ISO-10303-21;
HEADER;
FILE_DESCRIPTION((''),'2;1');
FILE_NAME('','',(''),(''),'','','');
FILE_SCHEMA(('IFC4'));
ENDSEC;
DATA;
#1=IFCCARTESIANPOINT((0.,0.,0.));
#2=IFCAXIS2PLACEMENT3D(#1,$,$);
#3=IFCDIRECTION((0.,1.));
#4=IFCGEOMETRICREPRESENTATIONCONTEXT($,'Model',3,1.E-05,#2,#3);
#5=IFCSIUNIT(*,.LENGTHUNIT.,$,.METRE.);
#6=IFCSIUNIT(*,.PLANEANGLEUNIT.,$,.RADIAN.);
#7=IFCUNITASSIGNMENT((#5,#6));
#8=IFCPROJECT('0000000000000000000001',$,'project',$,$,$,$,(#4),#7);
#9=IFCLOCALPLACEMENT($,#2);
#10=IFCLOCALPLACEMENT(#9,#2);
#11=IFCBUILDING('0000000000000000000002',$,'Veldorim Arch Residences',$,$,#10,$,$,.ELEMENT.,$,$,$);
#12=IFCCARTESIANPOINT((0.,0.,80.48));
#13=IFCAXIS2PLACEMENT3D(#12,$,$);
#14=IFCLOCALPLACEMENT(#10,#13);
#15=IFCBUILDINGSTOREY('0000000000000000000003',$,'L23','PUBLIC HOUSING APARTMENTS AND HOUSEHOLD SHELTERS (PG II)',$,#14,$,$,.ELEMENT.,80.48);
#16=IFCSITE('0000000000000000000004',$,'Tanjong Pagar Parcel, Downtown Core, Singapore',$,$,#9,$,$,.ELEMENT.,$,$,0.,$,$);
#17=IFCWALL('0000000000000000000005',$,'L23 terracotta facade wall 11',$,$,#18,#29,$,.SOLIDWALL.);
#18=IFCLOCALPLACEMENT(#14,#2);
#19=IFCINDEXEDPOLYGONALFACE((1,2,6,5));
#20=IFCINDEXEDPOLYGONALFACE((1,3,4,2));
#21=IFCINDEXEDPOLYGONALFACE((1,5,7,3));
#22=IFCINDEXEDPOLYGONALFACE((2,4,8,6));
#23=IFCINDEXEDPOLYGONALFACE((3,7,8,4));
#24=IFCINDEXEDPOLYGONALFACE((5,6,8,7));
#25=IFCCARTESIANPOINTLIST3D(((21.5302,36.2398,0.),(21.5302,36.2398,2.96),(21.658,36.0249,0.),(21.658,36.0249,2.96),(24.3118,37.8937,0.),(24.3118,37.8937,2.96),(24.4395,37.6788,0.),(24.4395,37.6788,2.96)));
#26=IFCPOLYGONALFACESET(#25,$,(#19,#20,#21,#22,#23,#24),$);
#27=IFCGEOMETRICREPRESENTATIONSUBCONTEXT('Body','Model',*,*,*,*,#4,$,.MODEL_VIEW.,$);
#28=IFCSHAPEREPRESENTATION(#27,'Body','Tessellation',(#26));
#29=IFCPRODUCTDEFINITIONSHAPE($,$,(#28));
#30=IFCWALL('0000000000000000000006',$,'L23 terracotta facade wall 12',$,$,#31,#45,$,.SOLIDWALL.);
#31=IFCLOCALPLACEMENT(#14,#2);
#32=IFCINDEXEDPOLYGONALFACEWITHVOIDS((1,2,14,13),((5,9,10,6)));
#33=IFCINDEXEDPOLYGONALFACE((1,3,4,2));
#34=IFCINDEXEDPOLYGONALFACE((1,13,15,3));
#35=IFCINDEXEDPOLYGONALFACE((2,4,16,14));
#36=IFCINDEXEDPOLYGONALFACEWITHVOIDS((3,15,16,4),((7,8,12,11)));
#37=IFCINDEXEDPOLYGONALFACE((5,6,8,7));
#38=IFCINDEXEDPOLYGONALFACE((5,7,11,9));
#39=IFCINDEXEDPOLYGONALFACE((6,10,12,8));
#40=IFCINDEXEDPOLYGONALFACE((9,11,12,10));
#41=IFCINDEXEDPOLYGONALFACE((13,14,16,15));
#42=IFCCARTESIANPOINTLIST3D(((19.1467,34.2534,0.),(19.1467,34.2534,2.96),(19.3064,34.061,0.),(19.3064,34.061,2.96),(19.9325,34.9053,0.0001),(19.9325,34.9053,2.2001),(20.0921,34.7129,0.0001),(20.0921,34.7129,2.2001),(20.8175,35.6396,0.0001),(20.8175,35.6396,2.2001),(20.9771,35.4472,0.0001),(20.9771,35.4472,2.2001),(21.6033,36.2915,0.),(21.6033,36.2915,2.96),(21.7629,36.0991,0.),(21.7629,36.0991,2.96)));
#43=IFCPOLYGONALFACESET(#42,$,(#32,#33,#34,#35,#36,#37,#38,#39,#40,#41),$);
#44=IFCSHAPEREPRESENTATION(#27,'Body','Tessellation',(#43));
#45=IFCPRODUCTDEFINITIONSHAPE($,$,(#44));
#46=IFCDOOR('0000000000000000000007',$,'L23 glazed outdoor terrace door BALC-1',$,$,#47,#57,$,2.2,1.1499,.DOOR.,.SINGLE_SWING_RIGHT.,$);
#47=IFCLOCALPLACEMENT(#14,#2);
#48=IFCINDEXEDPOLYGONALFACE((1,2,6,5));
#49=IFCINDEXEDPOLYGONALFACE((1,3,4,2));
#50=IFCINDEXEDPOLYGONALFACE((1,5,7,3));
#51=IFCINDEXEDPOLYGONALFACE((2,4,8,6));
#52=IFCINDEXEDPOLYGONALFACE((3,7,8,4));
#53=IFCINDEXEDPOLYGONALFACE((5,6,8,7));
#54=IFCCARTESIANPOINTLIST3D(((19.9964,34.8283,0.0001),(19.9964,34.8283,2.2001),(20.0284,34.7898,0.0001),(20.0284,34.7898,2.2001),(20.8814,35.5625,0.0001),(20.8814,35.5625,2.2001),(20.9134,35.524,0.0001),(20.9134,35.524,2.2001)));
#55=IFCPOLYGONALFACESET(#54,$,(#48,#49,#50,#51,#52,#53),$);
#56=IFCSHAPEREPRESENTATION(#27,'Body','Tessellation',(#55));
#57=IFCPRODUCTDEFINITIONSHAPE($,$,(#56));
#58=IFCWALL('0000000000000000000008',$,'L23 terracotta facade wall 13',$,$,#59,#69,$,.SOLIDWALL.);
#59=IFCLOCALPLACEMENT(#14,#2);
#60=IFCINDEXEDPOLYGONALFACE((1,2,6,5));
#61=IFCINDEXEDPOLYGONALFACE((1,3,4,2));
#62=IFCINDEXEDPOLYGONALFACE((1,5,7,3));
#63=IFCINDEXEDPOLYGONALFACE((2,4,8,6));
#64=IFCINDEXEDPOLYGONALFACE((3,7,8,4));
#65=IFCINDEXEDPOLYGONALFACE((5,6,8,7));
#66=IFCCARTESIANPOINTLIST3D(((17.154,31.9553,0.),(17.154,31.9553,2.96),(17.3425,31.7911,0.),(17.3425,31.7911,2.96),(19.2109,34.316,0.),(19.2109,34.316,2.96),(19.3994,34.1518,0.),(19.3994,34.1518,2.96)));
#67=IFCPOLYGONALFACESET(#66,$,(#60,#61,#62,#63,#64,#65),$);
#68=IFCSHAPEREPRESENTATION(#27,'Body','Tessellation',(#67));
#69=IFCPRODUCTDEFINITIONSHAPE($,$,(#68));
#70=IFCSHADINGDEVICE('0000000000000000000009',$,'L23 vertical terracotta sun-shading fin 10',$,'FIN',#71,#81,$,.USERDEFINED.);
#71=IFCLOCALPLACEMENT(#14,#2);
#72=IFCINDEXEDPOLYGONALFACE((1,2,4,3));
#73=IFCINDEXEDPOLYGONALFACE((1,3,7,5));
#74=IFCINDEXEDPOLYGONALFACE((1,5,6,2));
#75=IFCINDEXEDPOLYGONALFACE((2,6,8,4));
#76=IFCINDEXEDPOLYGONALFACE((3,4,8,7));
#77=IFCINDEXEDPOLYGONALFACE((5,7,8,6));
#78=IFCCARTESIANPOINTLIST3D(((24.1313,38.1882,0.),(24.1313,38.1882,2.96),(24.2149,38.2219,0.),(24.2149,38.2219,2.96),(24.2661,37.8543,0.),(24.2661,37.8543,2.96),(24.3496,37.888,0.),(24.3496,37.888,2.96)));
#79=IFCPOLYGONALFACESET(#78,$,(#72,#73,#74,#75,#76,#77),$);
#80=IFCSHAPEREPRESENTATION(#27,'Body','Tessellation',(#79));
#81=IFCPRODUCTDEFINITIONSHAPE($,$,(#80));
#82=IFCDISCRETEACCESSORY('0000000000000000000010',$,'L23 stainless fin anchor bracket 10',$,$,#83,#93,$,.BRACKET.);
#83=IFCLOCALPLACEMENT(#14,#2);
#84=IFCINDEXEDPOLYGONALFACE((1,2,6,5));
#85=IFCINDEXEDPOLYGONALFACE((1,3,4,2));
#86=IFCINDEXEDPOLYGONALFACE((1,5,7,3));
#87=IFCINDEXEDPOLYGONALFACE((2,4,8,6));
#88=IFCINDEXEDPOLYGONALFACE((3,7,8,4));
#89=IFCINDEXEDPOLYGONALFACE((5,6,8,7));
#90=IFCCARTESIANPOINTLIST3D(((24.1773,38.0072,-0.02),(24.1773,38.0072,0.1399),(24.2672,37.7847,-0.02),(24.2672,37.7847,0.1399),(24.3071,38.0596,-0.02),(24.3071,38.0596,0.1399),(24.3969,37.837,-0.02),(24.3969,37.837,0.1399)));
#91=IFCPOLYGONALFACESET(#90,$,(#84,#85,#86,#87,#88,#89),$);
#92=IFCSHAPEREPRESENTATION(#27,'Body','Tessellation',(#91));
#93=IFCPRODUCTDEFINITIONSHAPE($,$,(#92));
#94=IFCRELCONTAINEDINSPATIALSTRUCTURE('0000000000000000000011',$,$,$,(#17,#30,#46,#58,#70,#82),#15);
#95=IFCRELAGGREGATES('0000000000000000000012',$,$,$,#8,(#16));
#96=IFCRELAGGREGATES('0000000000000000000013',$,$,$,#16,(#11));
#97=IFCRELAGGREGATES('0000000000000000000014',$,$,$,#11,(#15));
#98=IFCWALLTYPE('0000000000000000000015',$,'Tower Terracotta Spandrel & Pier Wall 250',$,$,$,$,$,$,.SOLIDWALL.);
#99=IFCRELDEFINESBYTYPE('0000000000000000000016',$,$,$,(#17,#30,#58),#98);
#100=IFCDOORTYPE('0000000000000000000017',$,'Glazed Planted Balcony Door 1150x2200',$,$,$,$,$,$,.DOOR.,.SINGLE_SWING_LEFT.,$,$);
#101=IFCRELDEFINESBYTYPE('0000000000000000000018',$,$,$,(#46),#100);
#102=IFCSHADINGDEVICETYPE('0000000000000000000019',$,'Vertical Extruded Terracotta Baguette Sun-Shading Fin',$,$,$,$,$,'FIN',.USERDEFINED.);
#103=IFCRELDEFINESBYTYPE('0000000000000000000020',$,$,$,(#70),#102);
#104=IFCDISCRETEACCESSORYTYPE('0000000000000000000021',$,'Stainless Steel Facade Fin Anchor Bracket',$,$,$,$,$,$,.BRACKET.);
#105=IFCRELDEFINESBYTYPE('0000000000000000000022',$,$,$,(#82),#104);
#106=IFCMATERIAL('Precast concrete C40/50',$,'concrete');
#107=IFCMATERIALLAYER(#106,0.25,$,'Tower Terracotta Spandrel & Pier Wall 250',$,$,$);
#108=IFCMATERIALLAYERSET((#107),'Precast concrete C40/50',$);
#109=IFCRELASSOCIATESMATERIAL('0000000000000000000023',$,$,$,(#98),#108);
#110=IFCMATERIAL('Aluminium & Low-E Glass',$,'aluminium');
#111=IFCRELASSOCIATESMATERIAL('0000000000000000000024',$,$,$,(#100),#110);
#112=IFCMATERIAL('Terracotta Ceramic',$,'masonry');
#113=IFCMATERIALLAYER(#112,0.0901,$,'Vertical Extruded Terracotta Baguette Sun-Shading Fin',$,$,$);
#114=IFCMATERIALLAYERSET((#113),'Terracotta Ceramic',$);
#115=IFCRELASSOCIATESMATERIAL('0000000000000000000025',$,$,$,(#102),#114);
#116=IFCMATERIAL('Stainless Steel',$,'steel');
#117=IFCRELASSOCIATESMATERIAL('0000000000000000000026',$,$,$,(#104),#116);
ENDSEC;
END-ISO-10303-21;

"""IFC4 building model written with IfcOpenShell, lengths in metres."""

from ifc_helpers import new_model, si_unit, direction, frame, frame_2d, origin, origin_2d, place, context, subcontext, project, spatial, rectangle, extrude, material, layer, layer_set, type_object, element, fill, save


model = new_model("IFC4")

# Units and contexts
model_context = context("Model", 3, precision=1e-05, world=origin(), true_north=direction((0.0, 1.0)))
body_context = subcontext(model_context, "Body", "Model", "MODEL_VIEW")
ifc_project = project(units=[si_unit("LENGTHUNIT", "METRE"), si_unit("PLANEANGLEUNIT", "RADIAN")], contexts=[model_context])

# Site, building, storey
site_placement = place(None, origin())
site = spatial("IfcSite", under=ifc_project, at=site_placement, Name="Tanjong Pagar Parcel, Downtown Core, Singapore", CompositionType="ELEMENT", RefElevation=0.0)
building_placement = place(site_placement, origin())
building = spatial("IfcBuilding", under=site, at=building_placement, Name="Veldorim Arch Residences", CompositionType="ELEMENT")
storey_placement = place(building_placement, frame((0.0, 0.0, 80.48)))
storey = spatial("IfcBuildingStorey", under=building, at=storey_placement, Name="L23", Description="PUBLIC HOUSING APARTMENTS AND HOUSEHOLD SHELTERS (PG II)", CompositionType="ELEMENT", Elevation=80.48)

# Wall
ifc_material_1 = material(Name="Precast concrete C40/50", Category="concrete")
ifc_layer_1 = layer(ifc_material_1, 0.25, Name="Tower Terracotta Spandrel & Pier Wall 250")
ifc_layer_set_1 = layer_set([ifc_layer_1], Name="Precast concrete C40/50")
wall_type_1 = type_object("IfcWallType", Name="Tower Terracotta Spandrel & Pier Wall 250", PredefinedType="SOLIDWALL", material=ifc_layer_set_1)
wall_1_placement = place(storey_placement, frame((21.594, 36.1323, 0.0), z_axis=(0.0, 0.0, 1.0), x_axis=(0.859543, 0.511063, 0.0)))
element("IfcWall", 1, at=wall_1_placement, inside=storey, type_object=wall_type_1, Name="L23 terracotta facade wall 11", PredefinedType="SOLIDWALL", context=body_context, shape_type="SweptSolid", body=[
    extrude(rectangle(XDim=3.2361, YDim=0.25, at=frame_2d((1.6182, 0.0))), origin(), (0.0, 0.0, 1.0), 2.96),
])

# Wall, opening, door
wall_2_placement = place(storey_placement, frame((19.2266, 34.1572, 0.0), z_axis=(0.0, 0.0, 1.0), x_axis=(0.769611, 0.638513, 0.0)))
wall_2 = element("IfcWall", 2, at=wall_2_placement, inside=storey, type_object=wall_type_1, Name="L23 terracotta facade wall 12", PredefinedType="SOLIDWALL", context=body_context, shape_type="SweptSolid", body=[
    extrude(rectangle(XDim=3.1919, YDim=0.25, at=frame_2d((1.5959, 0.0))), origin(), (0.0, 0.0, 1.0), 2.96),
])
opening_1_placement = place(wall_2_placement, frame((1.021, 0.0, 0.0)))
opening_1 = element("IfcOpeningElement", 3, at=opening_1_placement, cuts=wall_2, PredefinedType="OPENING", context=body_context, shape_type="SweptSolid", body=[
    extrude(rectangle(XDim=1.1499, YDim=2.2, at=frame_2d((0.575, 1.1001))), frame((0.0, 0.135, 0.0), z_axis=(0.0, -1.0, 0.0), x_axis=(1.0, 0.0, 0.0)), (0.0, 0.0, 1.0), 0.27),
])
ifc_material_2 = material(Name="Aluminium & Low-E Glass", Category="aluminium")
door_type_1 = type_object("IfcDoorType", Name="Glazed Planted Balcony Door 1150x2200", OperationType="SINGLE_SWING_LEFT", PredefinedType="DOOR", material=ifc_material_2)
door_1_placement = place(opening_1_placement, origin())
door_1 = element("IfcDoor", 4, at=door_1_placement, inside=storey, type_object=door_type_1, Name="L23 glazed outdoor terrace door BALC-1", OperationType="SINGLE_SWING_RIGHT", OverallHeight=2.2, OverallWidth=1.1499, PredefinedType="DOOR", context=body_context, shape_type="SweptSolid", body=[
    extrude(rectangle(XDim=1.1499, YDim=2.2, at=frame_2d((0.575, 1.1001))), frame((0.0, 0.0249, 0.0), z_axis=(0.0, -1.0, 0.0), x_axis=(1.0, 0.0, 0.0)), (0.0, 0.0, 1.0), 0.05),
])
fill(opening_1, door_1)

# Wall
wall_3_placement = place(storey_placement, frame((17.2483, 31.8733, 0.0), z_axis=(0.0, 0.0, 1.0), x_axis=(0.656941, 0.753942, 0.0)))
element("IfcWall", 5, at=wall_3_placement, inside=storey, type_object=wall_type_1, Name="L23 terracotta facade wall 13", PredefinedType="SOLIDWALL", context=body_context, shape_type="SweptSolid", body=[
    extrude(rectangle(XDim=3.1311, YDim=0.25, at=frame_2d((1.5654, 0.0))), origin(), (0.0, 0.0, 1.0), 2.96),
])

# Shading device
ifc_material_3 = material(Name="Terracotta Ceramic", Category="masonry")
ifc_layer_2 = layer(ifc_material_3, 0.0901, Name="Vertical Extruded Terracotta Baguette Sun-Shading Fin")
ifc_layer_set_2 = layer_set([ifc_layer_2], Name="Terracotta Ceramic")
shading_device_type = type_object("IfcShadingDeviceType", Name="Vertical Extruded Terracotta Baguette Sun-Shading Fin", ElementType="FIN", PredefinedType="USERDEFINED", material=ifc_layer_set_2)
shading_device_placement = place(storey_placement, frame((24.2405, 38.0381, 0.0), z_axis=(0.0, 0.0, 1.0), x_axis=(0.927315, 0.374283, 0.0)))
element("IfcShadingDevice", 6, at=shading_device_placement, inside=storey, type_object=shading_device_type, Name="L23 vertical terracotta sun-shading fin 10", ObjectType="FIN", PredefinedType="USERDEFINED", context=body_context, shape_type="SweptSolid", body=[
    extrude(rectangle(XDim=0.0901, YDim=0.3601, at=origin_2d()), origin(), (0.0, 0.0, 1.0), 2.96),
])

# Discrete accessory
ifc_material_4 = material(Name="Stainless Steel", Category="steel")
discrete_accessory_type = type_object("IfcDiscreteAccessoryType", Name="Stainless Steel Facade Fin Anchor Bracket", PredefinedType="BRACKET", material=ifc_material_4)
discrete_accessory_placement = place(storey_placement, frame((24.2871, 37.9221, -0.02), z_axis=(0.0, 0.0, 1.0), x_axis=(0.927315, 0.374283, 0.0)))
element("IfcDiscreteAccessory", 7, at=discrete_accessory_placement, inside=storey, type_object=discrete_accessory_type, Name="L23 stainless fin anchor bracket 10", PredefinedType="BRACKET", context=body_context, shape_type="SweptSolid", body=[
    extrude(rectangle(XDim=0.1399, YDim=0.24, at=origin_2d()), origin(), (0.0, 0.0, 1.0), 0.1599),
])

save(model, "model.ifc")
